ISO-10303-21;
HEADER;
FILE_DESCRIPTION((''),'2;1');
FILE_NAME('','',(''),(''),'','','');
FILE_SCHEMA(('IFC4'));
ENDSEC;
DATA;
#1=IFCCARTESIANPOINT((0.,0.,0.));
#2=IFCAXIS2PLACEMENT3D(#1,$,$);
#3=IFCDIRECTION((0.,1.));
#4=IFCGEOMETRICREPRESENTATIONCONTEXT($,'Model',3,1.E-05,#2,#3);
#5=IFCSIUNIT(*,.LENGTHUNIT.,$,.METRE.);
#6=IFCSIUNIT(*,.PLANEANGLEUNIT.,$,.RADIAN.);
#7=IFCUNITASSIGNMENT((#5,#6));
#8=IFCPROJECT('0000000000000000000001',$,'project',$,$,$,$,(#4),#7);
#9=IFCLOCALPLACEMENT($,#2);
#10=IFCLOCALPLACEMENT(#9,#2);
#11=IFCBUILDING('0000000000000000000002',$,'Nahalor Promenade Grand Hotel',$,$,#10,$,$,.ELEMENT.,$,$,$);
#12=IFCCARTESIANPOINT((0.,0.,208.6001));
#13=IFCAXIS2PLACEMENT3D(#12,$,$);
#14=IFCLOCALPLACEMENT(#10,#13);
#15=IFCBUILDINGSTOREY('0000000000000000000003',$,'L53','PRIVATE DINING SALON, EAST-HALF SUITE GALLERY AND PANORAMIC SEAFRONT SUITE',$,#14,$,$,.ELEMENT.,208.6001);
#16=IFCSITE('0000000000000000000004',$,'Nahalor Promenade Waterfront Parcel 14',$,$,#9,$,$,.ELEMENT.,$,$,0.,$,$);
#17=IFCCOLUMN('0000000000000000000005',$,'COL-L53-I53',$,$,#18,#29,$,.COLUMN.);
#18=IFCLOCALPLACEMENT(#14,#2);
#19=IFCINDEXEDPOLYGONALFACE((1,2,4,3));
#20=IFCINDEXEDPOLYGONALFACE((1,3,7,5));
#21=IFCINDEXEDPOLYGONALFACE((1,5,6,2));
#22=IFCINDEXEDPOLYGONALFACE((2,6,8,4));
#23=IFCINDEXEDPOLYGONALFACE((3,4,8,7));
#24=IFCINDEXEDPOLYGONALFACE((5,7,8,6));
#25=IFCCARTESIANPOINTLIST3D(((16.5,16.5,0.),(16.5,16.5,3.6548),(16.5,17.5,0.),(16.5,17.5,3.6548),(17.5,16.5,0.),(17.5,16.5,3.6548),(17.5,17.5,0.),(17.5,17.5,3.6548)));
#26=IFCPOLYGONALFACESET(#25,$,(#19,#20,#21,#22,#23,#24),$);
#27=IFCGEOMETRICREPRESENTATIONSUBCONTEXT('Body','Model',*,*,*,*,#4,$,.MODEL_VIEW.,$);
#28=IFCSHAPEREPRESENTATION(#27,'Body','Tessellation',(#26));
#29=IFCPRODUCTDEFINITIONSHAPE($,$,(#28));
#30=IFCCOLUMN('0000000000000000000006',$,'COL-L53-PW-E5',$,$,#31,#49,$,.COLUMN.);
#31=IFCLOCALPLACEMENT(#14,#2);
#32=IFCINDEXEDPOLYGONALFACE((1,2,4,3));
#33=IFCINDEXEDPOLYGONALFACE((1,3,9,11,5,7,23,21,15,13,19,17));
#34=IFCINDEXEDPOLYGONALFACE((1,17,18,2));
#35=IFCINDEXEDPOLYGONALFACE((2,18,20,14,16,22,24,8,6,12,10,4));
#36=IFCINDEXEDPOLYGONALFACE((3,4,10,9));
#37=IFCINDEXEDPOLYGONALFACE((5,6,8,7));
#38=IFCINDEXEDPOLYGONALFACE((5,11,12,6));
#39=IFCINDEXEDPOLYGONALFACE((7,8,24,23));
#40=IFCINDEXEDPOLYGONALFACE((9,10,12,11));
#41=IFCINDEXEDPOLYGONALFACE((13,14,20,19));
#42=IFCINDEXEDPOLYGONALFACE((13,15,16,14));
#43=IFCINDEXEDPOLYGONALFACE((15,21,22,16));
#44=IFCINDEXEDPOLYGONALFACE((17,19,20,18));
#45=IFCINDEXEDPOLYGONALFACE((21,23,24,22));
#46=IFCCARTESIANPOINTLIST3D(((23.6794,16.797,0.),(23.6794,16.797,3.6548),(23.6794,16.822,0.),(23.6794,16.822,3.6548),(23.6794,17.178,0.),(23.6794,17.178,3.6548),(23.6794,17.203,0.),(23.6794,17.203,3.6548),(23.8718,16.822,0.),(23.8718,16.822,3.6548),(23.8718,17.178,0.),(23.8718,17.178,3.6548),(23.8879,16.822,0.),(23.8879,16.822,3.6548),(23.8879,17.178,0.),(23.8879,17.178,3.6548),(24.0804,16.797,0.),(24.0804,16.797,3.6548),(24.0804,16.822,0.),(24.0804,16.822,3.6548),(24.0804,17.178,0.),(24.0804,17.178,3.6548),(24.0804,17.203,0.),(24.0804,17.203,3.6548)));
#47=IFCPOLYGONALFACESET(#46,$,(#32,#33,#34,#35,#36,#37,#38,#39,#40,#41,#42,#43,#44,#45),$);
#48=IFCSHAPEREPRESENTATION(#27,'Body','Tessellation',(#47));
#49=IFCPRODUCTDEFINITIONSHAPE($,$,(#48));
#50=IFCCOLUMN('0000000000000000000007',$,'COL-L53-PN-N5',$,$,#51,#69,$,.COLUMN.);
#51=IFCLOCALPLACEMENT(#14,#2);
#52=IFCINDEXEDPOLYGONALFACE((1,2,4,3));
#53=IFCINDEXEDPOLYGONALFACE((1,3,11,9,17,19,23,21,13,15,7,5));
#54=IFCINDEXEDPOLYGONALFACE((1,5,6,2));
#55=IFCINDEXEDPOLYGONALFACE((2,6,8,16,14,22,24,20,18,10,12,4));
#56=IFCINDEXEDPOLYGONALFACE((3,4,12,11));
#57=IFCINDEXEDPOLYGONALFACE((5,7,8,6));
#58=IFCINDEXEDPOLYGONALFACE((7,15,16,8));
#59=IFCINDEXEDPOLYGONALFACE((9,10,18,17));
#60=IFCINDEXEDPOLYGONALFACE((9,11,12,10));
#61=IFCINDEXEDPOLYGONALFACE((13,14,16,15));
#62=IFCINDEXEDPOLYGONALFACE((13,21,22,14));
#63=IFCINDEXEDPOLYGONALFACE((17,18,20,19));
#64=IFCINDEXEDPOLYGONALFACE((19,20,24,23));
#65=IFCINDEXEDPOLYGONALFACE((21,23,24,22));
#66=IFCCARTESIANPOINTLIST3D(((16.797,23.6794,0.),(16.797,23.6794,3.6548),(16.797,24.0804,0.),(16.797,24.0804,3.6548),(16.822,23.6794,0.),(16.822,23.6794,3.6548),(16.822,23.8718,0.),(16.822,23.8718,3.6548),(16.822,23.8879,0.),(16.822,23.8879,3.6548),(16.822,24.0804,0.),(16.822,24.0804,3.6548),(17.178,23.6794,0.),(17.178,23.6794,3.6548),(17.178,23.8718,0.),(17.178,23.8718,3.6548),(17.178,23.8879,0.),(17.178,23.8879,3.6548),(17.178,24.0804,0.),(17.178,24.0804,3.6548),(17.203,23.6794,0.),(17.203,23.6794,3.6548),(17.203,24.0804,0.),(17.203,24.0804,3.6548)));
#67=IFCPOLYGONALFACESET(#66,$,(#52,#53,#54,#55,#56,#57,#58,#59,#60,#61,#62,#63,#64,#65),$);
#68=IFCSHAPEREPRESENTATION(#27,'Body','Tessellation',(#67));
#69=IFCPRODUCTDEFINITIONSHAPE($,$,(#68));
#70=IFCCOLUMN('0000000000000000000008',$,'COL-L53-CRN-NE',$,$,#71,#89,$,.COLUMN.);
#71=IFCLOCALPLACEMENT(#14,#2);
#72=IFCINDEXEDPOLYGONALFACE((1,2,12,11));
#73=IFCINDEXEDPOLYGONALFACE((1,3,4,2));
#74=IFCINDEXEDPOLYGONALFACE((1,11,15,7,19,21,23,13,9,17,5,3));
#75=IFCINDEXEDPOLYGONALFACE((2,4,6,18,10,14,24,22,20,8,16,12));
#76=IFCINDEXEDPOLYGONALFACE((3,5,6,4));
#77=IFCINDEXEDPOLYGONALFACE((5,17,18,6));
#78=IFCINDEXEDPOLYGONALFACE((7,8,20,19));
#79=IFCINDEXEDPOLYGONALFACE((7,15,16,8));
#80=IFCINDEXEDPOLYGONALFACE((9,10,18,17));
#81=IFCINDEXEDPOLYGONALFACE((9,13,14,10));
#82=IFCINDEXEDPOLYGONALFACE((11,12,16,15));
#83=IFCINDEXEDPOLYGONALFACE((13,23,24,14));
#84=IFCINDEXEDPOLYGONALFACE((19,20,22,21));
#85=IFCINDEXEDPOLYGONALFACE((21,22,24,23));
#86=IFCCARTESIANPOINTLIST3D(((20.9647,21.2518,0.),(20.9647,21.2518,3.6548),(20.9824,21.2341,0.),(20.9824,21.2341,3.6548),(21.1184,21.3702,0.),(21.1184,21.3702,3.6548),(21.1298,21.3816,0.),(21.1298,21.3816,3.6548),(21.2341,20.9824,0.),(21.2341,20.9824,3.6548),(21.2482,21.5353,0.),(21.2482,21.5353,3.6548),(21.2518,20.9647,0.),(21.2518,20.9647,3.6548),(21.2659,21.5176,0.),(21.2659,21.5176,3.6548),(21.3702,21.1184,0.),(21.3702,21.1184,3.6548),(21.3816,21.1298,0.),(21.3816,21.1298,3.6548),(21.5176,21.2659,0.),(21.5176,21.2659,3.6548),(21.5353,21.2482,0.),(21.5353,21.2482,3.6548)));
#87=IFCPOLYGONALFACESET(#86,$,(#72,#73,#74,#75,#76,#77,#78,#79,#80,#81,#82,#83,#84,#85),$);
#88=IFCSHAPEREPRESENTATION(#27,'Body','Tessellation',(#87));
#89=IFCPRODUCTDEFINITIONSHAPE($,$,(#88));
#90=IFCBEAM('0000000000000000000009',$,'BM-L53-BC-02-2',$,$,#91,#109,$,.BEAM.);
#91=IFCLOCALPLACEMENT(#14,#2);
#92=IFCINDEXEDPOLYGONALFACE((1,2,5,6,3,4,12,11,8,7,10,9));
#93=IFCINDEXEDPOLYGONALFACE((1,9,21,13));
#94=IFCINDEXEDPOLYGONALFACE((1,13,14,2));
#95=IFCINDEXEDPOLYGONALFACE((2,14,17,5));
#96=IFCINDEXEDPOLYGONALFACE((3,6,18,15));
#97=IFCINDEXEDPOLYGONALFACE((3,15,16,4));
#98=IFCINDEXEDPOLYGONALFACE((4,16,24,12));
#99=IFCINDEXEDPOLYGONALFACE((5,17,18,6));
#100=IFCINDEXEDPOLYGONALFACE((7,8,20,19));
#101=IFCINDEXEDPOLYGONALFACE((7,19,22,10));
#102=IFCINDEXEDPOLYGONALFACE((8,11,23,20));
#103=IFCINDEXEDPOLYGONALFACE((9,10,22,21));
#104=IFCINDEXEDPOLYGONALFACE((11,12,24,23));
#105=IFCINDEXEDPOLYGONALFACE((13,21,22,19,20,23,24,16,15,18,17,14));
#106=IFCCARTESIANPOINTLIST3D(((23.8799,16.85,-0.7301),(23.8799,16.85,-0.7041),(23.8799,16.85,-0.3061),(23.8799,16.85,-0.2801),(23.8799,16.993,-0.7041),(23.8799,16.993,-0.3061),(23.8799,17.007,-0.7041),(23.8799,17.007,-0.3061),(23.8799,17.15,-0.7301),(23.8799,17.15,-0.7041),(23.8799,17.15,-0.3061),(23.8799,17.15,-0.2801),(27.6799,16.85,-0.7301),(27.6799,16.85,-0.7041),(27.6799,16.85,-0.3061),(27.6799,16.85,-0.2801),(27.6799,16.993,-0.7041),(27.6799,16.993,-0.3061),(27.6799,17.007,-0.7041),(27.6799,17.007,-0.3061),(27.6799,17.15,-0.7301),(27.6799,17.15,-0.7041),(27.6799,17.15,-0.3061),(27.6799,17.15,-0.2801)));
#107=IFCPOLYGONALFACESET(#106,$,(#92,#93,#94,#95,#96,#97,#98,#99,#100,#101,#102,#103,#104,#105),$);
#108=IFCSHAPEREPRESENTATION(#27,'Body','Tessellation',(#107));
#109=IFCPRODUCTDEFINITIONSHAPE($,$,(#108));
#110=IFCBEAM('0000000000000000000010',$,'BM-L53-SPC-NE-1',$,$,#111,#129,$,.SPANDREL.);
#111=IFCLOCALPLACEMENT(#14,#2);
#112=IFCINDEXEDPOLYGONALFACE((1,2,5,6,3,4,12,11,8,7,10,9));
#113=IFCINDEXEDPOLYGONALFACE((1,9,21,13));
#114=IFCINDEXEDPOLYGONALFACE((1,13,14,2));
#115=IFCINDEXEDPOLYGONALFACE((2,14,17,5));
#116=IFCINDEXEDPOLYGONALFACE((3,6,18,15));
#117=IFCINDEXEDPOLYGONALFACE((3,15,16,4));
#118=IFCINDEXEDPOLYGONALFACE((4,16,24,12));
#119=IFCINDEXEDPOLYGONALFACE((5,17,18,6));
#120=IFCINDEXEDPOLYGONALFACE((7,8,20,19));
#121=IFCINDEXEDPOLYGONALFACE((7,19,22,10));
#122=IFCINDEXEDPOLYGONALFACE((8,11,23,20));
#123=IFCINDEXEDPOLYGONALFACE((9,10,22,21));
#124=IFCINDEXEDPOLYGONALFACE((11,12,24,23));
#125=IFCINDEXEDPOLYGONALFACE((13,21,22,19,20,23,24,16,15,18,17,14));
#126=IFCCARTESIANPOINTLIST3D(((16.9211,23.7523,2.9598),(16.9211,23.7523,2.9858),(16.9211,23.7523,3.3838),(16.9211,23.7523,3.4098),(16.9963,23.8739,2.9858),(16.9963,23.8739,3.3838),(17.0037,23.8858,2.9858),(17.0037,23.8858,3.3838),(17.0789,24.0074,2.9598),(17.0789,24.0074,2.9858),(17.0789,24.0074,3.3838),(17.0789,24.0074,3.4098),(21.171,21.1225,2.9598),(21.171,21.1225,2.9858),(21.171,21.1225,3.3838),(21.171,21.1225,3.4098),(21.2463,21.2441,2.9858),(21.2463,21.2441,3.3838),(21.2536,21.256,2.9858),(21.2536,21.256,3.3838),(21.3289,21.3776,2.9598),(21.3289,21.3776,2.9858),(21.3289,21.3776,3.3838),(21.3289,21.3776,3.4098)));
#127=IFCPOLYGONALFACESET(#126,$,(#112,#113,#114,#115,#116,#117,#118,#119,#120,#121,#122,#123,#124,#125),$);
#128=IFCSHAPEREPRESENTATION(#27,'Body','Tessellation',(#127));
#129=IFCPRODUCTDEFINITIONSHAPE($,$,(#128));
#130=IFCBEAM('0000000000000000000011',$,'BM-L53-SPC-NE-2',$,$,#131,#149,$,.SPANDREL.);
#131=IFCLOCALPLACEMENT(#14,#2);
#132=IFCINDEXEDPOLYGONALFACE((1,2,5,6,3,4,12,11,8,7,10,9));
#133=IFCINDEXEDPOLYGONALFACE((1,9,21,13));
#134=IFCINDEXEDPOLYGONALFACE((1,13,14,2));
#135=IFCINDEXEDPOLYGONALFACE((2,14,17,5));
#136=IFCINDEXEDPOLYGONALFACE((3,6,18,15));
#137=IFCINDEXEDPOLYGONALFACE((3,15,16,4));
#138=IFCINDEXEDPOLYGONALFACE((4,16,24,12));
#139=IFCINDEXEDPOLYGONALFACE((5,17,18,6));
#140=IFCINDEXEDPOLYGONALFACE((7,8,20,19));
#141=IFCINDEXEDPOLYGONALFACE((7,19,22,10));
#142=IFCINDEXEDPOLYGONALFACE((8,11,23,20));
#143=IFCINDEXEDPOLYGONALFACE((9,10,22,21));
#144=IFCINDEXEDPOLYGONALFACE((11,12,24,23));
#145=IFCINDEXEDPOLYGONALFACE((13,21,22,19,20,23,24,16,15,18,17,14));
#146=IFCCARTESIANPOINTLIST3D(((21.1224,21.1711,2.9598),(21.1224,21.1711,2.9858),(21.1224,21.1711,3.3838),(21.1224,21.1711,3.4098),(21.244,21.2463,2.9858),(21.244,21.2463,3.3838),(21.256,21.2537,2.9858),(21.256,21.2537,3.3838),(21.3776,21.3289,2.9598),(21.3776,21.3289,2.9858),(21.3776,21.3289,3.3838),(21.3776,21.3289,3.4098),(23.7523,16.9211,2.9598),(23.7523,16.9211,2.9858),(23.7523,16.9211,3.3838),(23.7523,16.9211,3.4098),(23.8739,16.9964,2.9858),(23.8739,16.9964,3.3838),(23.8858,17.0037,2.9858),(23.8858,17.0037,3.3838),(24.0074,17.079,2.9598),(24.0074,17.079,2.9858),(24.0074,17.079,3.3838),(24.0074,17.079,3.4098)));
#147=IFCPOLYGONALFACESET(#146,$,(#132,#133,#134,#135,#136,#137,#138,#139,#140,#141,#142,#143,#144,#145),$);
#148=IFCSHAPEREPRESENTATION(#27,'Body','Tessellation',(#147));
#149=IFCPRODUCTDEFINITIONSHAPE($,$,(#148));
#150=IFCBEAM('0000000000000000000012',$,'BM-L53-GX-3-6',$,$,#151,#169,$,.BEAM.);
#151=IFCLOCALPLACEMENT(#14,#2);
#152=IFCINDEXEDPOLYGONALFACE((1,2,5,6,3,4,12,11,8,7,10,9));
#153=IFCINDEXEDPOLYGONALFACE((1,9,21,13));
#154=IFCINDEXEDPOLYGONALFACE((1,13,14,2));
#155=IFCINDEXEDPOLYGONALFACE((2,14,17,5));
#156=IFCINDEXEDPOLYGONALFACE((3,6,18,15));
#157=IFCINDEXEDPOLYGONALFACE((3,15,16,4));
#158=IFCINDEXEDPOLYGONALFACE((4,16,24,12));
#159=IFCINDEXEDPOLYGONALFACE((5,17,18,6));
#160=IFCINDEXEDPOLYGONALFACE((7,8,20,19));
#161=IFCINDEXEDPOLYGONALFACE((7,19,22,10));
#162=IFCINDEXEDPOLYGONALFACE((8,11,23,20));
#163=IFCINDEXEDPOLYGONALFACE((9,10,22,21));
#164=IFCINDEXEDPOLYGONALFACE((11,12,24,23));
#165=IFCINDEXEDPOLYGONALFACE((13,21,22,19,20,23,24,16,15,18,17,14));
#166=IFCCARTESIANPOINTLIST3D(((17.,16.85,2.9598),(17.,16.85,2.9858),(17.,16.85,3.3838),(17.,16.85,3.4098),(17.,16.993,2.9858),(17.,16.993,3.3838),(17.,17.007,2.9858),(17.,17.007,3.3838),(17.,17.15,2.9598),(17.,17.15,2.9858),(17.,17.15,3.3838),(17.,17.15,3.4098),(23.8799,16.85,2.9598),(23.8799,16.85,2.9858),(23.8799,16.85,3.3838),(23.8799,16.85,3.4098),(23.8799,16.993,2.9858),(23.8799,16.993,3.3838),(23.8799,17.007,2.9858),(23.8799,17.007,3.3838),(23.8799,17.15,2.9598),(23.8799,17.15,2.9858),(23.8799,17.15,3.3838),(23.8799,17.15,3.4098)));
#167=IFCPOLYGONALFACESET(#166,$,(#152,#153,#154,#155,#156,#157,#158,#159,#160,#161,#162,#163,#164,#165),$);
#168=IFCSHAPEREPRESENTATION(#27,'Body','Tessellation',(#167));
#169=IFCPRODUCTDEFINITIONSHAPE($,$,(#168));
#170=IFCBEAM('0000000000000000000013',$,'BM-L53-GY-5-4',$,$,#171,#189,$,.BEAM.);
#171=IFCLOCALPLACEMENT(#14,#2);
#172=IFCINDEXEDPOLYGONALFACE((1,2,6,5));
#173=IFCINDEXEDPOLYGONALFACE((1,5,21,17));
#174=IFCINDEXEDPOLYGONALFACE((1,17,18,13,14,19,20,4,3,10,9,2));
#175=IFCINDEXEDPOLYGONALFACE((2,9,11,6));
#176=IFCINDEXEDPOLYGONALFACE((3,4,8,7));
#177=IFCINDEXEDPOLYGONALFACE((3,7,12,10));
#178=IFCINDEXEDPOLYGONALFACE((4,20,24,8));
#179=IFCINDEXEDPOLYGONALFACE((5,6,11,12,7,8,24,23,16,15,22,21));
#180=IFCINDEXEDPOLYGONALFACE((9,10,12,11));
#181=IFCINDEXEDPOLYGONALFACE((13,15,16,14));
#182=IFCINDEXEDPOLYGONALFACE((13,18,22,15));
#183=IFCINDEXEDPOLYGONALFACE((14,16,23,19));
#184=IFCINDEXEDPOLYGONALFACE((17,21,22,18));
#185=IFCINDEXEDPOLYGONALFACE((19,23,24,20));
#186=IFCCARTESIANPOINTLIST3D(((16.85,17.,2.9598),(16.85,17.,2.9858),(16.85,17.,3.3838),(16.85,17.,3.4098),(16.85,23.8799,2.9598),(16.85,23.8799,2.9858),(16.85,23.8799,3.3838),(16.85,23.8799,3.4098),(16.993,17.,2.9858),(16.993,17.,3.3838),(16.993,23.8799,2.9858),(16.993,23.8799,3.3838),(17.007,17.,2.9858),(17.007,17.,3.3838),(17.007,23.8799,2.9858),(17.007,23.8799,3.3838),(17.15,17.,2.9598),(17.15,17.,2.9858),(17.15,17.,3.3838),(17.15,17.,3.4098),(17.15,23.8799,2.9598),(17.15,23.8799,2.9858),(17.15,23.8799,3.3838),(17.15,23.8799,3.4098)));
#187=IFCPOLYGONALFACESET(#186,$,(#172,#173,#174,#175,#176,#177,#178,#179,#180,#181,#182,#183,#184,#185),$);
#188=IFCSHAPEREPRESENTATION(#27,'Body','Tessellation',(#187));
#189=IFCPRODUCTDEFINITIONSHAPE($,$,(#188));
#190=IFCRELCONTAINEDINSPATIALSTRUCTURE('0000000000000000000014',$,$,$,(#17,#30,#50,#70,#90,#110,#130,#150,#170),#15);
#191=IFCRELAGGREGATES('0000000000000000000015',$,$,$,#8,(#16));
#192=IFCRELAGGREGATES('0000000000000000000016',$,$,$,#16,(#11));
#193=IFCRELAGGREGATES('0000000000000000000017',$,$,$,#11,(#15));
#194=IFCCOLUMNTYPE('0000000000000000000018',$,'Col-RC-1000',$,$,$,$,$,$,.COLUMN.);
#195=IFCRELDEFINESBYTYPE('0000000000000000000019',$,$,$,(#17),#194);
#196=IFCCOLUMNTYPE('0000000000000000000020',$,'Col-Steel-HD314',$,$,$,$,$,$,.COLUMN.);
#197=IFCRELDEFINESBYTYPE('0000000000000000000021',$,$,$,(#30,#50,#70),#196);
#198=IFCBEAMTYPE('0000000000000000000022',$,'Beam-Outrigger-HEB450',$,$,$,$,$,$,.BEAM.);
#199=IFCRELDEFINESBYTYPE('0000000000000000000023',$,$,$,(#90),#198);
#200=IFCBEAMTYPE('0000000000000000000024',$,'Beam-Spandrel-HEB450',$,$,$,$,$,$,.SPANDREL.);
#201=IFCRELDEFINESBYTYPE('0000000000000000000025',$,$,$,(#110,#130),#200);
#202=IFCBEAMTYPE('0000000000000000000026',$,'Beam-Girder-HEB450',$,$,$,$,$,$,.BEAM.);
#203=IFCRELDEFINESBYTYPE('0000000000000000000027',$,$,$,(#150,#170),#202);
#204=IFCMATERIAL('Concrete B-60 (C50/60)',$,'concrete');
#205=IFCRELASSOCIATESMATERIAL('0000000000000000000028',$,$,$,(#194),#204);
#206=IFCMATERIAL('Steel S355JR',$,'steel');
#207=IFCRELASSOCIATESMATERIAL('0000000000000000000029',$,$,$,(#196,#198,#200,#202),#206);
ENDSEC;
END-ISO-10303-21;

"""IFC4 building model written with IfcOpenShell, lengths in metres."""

from ifc_helpers import new_model, si_unit, direction, frame, origin, origin_2d, place, context, subcontext, project, spatial, rectangle, i_section, extrude, source, transform, mapped, material, material_profile, profile_set, type_object, element, save


model = new_model("IFC4")

# Units and contexts
model_context = context("Model", 3, precision=1e-05, world=origin(), true_north=direction((0.0, 1.0)))
body_context = subcontext(model_context, "Body", "Model", "MODEL_VIEW")
ifc_project = project(units=[si_unit("LENGTHUNIT", "METRE"), si_unit("PLANEANGLEUNIT", "RADIAN")], contexts=[model_context])

# Site, building, storey
site_placement = place(None, origin())
site = spatial("IfcSite", under=ifc_project, at=site_placement, Name="Nahalor Promenade Waterfront Parcel 14", CompositionType="ELEMENT", RefElevation=0.0)
building_placement = place(site_placement, origin())
building = spatial("IfcBuilding", under=site, at=building_placement, Name="Nahalor Promenade Grand Hotel", CompositionType="ELEMENT")
storey_placement = place(building_placement, frame((0.0, 0.0, 208.6001)))
storey = spatial("IfcBuildingStorey", under=building, at=storey_placement, Name="L53", Description="PRIVATE DINING SALON, EAST-HALF SUITE GALLERY AND PANORAMIC SEAFRONT SUITE", CompositionType="ELEMENT", Elevation=208.6001)

# Columns
ifc_material_1 = material(Name="Concrete B-60 (C50/60)", Category="concrete")
ifc_material_profile_1 = material_profile(ifc_material_1, rectangle(XDim=1.0, YDim=1.0, at=origin_2d()), Name="RC 1000x1000")
ifc_profile_set_1 = profile_set([ifc_material_profile_1], Name="Concrete B-60 (C50/60)")
column_type_1 = type_object("IfcColumnType", Name="Col-RC-1000", PredefinedType="COLUMN", material=ifc_profile_set_1)
shared_shape_1 = source(origin(), body_context, "Body", "SweptSolid", [
    extrude(rectangle(XDim=1.0, YDim=1.0, at=origin_2d()), origin(), (0.0, 0.0, 1.0), 3.6548),
])
column_placement = place(storey_placement, frame((17.0, 17.0, 0.0), z_axis=(0.0, 0.0, 1.0), x_axis=(1.0, 0.0, 0.0)))
element("IfcColumn", 1, at=column_placement, inside=storey, type_object=column_type_1, Name="COL-L53-I53", PredefinedType="COLUMN", context=body_context, shape_type="MappedRepresentation", body=[
    mapped(shared_shape_1, transform((0.0, 0.0, 0.0), scale=1.0)),
])
ifc_material_2 = material(Name="Steel S355JR", Category="steel")
ifc_material_profile_2 = material_profile(ifc_material_2, i_section(OverallWidth=0.401, OverallDepth=0.406, WebThickness=0.0161, FlangeThickness=0.025, at=origin_2d()), Name="HD 400x314")
ifc_profile_set_2 = profile_set([ifc_material_profile_2], Name="Steel S355JR")
column_type_2 = type_object("IfcColumnType", Name="Col-Steel-HD314", PredefinedType="COLUMN", material=ifc_profile_set_2)
shared_shape_2 = source(origin(), body_context, "Body", "SweptSolid", [
    extrude(i_section(OverallWidth=0.401, OverallDepth=0.406, WebThickness=0.0161, FlangeThickness=0.025, at=origin_2d()), origin(), (0.0, 0.0, 1.0), 3.6548),
])
for number, where, z_axis, x_axis, name in (
    (2, (23.8799, 17.0, 0.0), (0.0, 0.0, 1.0), (1.0, 0.0, 0.0), "COL-L53-PW-E5"),
    (3, (17.0, 23.8799, 0.0), (0.0, 0.0, 1.0), (0.0, 1.0, 0.0), "COL-L53-PN-N5"),
    (4, (21.25, 21.25, 0.0), (0.0, 0.0, 1.0), (0.707107, 0.707107, 0.0), "COL-L53-CRN-NE"),
):
    element("IfcColumn", number, at=place(storey_placement, frame(where, z_axis=z_axis, x_axis=x_axis)), inside=storey, type_object=column_type_2, Name=name, PredefinedType="COLUMN", context=body_context, shape_type="MappedRepresentation", body=[
        mapped(shared_shape_2, transform((0.0, 0.0, 0.0), scale=1.0)),
    ])

# Beams
ifc_material_profile_3 = material_profile(ifc_material_2, i_section(OverallWidth=0.3, OverallDepth=0.45, WebThickness=0.014, FlangeThickness=0.026, at=origin_2d()), Name="HEB 450")
ifc_profile_set_3 = profile_set([ifc_material_profile_3], Name="Steel S355JR")
beam_type_1 = type_object("IfcBeamType", Name="Beam-Outrigger-HEB450", PredefinedType="BEAM", material=ifc_profile_set_3)
shared_shape_3 = source(origin(), body_context, "Body", "SweptSolid", [
    extrude(i_section(OverallWidth=0.3, OverallDepth=0.45, WebThickness=0.014, FlangeThickness=0.026, at=origin_2d()), origin(), (0.0, 0.0, 1.0), 3.8),
])
beam_placement = place(storey_placement, frame((23.8799, 17.0, -0.5051), z_axis=(1.0, 0.0, 0.0), x_axis=(0.0, 1.0, 0.0)))
element("IfcBeam", 5, at=beam_placement, inside=storey, type_object=beam_type_1, Name="BM-L53-BC-02-2", PredefinedType="BEAM", context=body_context, shape_type="MappedRepresentation", body=[
    mapped(shared_shape_3, transform((0.0, 0.0, 0.0), scale=1.0)),
])
ifc_material_profile_4 = material_profile(ifc_material_2, i_section(OverallWidth=0.3, OverallDepth=0.45, WebThickness=0.014, FlangeThickness=0.026, at=origin_2d()), Name="HEB 450")
ifc_profile_set_4 = profile_set([ifc_material_profile_4], Name="Steel S355JR")
beam_type_2 = type_object("IfcBeamType", Name="Beam-Spandrel-HEB450", PredefinedType="SPANDREL", material=ifc_profile_set_4)
shared_shape_4 = source(origin(), body_context, "Body", "SweptSolid", [
    extrude(i_section(OverallWidth=0.3, OverallDepth=0.45, WebThickness=0.014, FlangeThickness=0.026, at=origin_2d()), origin(), (0.0, 0.0, 1.0), 4.9978),
])
for number, where, z_axis, x_axis, name in (
    (6, (17.0, 23.8799, 3.1848), (0.850361, -0.5262, 0.0), (0.5262, 0.850361, 0.0), "BM-L53-SPC-NE-1"),
    (7, (21.25, 21.25, 3.1848), (0.5262, -0.850361, 0.0), (0.850361, 0.5262, 0.0), "BM-L53-SPC-NE-2"),
):
    element("IfcBeam", number, at=place(storey_placement, frame(where, z_axis=z_axis, x_axis=x_axis)), inside=storey, type_object=beam_type_2, Name=name, PredefinedType="SPANDREL", context=body_context, shape_type="MappedRepresentation", body=[
        mapped(shared_shape_4, transform((0.0, 0.0, 0.0), scale=1.0)),
    ])
ifc_material_profile_5 = material_profile(ifc_material_2, i_section(OverallWidth=0.3, OverallDepth=0.45, WebThickness=0.014, FlangeThickness=0.026, at=origin_2d()), Name="HEB 450")
ifc_profile_set_5 = profile_set([ifc_material_profile_5], Name="Steel S355JR")
beam_type_3 = type_object("IfcBeamType", Name="Beam-Girder-HEB450", PredefinedType="BEAM", material=ifc_profile_set_5)
shared_shape_5 = source(origin(), body_context, "Body", "SweptSolid", [
    extrude(i_section(OverallWidth=0.3, OverallDepth=0.45, WebThickness=0.014, FlangeThickness=0.026, at=origin_2d()), origin(), (0.0, 0.0, 1.0), 6.8799),
])
for number, where, z_axis, x_axis, name in (
    (8, (17.0, 17.0, 3.1848), (1.0, 0.0, 0.0), (0.0, 1.0, 0.0), "BM-L53-GX-3-6"),
    (9, (17.0, 17.0, 3.1848), (0.0, 1.0, 0.0), (-1.0, 0.0, 0.0), "BM-L53-GY-5-4"),
):
    element("IfcBeam", number, at=place(storey_placement, frame(where, z_axis=z_axis, x_axis=x_axis)), inside=storey, type_object=beam_type_3, Name=name, PredefinedType="BEAM", context=body_context, shape_type="MappedRepresentation", body=[
        mapped(shared_shape_5, transform((0.0, 0.0, 0.0), scale=1.0)),
    ])

save(model, "model.ifc")
